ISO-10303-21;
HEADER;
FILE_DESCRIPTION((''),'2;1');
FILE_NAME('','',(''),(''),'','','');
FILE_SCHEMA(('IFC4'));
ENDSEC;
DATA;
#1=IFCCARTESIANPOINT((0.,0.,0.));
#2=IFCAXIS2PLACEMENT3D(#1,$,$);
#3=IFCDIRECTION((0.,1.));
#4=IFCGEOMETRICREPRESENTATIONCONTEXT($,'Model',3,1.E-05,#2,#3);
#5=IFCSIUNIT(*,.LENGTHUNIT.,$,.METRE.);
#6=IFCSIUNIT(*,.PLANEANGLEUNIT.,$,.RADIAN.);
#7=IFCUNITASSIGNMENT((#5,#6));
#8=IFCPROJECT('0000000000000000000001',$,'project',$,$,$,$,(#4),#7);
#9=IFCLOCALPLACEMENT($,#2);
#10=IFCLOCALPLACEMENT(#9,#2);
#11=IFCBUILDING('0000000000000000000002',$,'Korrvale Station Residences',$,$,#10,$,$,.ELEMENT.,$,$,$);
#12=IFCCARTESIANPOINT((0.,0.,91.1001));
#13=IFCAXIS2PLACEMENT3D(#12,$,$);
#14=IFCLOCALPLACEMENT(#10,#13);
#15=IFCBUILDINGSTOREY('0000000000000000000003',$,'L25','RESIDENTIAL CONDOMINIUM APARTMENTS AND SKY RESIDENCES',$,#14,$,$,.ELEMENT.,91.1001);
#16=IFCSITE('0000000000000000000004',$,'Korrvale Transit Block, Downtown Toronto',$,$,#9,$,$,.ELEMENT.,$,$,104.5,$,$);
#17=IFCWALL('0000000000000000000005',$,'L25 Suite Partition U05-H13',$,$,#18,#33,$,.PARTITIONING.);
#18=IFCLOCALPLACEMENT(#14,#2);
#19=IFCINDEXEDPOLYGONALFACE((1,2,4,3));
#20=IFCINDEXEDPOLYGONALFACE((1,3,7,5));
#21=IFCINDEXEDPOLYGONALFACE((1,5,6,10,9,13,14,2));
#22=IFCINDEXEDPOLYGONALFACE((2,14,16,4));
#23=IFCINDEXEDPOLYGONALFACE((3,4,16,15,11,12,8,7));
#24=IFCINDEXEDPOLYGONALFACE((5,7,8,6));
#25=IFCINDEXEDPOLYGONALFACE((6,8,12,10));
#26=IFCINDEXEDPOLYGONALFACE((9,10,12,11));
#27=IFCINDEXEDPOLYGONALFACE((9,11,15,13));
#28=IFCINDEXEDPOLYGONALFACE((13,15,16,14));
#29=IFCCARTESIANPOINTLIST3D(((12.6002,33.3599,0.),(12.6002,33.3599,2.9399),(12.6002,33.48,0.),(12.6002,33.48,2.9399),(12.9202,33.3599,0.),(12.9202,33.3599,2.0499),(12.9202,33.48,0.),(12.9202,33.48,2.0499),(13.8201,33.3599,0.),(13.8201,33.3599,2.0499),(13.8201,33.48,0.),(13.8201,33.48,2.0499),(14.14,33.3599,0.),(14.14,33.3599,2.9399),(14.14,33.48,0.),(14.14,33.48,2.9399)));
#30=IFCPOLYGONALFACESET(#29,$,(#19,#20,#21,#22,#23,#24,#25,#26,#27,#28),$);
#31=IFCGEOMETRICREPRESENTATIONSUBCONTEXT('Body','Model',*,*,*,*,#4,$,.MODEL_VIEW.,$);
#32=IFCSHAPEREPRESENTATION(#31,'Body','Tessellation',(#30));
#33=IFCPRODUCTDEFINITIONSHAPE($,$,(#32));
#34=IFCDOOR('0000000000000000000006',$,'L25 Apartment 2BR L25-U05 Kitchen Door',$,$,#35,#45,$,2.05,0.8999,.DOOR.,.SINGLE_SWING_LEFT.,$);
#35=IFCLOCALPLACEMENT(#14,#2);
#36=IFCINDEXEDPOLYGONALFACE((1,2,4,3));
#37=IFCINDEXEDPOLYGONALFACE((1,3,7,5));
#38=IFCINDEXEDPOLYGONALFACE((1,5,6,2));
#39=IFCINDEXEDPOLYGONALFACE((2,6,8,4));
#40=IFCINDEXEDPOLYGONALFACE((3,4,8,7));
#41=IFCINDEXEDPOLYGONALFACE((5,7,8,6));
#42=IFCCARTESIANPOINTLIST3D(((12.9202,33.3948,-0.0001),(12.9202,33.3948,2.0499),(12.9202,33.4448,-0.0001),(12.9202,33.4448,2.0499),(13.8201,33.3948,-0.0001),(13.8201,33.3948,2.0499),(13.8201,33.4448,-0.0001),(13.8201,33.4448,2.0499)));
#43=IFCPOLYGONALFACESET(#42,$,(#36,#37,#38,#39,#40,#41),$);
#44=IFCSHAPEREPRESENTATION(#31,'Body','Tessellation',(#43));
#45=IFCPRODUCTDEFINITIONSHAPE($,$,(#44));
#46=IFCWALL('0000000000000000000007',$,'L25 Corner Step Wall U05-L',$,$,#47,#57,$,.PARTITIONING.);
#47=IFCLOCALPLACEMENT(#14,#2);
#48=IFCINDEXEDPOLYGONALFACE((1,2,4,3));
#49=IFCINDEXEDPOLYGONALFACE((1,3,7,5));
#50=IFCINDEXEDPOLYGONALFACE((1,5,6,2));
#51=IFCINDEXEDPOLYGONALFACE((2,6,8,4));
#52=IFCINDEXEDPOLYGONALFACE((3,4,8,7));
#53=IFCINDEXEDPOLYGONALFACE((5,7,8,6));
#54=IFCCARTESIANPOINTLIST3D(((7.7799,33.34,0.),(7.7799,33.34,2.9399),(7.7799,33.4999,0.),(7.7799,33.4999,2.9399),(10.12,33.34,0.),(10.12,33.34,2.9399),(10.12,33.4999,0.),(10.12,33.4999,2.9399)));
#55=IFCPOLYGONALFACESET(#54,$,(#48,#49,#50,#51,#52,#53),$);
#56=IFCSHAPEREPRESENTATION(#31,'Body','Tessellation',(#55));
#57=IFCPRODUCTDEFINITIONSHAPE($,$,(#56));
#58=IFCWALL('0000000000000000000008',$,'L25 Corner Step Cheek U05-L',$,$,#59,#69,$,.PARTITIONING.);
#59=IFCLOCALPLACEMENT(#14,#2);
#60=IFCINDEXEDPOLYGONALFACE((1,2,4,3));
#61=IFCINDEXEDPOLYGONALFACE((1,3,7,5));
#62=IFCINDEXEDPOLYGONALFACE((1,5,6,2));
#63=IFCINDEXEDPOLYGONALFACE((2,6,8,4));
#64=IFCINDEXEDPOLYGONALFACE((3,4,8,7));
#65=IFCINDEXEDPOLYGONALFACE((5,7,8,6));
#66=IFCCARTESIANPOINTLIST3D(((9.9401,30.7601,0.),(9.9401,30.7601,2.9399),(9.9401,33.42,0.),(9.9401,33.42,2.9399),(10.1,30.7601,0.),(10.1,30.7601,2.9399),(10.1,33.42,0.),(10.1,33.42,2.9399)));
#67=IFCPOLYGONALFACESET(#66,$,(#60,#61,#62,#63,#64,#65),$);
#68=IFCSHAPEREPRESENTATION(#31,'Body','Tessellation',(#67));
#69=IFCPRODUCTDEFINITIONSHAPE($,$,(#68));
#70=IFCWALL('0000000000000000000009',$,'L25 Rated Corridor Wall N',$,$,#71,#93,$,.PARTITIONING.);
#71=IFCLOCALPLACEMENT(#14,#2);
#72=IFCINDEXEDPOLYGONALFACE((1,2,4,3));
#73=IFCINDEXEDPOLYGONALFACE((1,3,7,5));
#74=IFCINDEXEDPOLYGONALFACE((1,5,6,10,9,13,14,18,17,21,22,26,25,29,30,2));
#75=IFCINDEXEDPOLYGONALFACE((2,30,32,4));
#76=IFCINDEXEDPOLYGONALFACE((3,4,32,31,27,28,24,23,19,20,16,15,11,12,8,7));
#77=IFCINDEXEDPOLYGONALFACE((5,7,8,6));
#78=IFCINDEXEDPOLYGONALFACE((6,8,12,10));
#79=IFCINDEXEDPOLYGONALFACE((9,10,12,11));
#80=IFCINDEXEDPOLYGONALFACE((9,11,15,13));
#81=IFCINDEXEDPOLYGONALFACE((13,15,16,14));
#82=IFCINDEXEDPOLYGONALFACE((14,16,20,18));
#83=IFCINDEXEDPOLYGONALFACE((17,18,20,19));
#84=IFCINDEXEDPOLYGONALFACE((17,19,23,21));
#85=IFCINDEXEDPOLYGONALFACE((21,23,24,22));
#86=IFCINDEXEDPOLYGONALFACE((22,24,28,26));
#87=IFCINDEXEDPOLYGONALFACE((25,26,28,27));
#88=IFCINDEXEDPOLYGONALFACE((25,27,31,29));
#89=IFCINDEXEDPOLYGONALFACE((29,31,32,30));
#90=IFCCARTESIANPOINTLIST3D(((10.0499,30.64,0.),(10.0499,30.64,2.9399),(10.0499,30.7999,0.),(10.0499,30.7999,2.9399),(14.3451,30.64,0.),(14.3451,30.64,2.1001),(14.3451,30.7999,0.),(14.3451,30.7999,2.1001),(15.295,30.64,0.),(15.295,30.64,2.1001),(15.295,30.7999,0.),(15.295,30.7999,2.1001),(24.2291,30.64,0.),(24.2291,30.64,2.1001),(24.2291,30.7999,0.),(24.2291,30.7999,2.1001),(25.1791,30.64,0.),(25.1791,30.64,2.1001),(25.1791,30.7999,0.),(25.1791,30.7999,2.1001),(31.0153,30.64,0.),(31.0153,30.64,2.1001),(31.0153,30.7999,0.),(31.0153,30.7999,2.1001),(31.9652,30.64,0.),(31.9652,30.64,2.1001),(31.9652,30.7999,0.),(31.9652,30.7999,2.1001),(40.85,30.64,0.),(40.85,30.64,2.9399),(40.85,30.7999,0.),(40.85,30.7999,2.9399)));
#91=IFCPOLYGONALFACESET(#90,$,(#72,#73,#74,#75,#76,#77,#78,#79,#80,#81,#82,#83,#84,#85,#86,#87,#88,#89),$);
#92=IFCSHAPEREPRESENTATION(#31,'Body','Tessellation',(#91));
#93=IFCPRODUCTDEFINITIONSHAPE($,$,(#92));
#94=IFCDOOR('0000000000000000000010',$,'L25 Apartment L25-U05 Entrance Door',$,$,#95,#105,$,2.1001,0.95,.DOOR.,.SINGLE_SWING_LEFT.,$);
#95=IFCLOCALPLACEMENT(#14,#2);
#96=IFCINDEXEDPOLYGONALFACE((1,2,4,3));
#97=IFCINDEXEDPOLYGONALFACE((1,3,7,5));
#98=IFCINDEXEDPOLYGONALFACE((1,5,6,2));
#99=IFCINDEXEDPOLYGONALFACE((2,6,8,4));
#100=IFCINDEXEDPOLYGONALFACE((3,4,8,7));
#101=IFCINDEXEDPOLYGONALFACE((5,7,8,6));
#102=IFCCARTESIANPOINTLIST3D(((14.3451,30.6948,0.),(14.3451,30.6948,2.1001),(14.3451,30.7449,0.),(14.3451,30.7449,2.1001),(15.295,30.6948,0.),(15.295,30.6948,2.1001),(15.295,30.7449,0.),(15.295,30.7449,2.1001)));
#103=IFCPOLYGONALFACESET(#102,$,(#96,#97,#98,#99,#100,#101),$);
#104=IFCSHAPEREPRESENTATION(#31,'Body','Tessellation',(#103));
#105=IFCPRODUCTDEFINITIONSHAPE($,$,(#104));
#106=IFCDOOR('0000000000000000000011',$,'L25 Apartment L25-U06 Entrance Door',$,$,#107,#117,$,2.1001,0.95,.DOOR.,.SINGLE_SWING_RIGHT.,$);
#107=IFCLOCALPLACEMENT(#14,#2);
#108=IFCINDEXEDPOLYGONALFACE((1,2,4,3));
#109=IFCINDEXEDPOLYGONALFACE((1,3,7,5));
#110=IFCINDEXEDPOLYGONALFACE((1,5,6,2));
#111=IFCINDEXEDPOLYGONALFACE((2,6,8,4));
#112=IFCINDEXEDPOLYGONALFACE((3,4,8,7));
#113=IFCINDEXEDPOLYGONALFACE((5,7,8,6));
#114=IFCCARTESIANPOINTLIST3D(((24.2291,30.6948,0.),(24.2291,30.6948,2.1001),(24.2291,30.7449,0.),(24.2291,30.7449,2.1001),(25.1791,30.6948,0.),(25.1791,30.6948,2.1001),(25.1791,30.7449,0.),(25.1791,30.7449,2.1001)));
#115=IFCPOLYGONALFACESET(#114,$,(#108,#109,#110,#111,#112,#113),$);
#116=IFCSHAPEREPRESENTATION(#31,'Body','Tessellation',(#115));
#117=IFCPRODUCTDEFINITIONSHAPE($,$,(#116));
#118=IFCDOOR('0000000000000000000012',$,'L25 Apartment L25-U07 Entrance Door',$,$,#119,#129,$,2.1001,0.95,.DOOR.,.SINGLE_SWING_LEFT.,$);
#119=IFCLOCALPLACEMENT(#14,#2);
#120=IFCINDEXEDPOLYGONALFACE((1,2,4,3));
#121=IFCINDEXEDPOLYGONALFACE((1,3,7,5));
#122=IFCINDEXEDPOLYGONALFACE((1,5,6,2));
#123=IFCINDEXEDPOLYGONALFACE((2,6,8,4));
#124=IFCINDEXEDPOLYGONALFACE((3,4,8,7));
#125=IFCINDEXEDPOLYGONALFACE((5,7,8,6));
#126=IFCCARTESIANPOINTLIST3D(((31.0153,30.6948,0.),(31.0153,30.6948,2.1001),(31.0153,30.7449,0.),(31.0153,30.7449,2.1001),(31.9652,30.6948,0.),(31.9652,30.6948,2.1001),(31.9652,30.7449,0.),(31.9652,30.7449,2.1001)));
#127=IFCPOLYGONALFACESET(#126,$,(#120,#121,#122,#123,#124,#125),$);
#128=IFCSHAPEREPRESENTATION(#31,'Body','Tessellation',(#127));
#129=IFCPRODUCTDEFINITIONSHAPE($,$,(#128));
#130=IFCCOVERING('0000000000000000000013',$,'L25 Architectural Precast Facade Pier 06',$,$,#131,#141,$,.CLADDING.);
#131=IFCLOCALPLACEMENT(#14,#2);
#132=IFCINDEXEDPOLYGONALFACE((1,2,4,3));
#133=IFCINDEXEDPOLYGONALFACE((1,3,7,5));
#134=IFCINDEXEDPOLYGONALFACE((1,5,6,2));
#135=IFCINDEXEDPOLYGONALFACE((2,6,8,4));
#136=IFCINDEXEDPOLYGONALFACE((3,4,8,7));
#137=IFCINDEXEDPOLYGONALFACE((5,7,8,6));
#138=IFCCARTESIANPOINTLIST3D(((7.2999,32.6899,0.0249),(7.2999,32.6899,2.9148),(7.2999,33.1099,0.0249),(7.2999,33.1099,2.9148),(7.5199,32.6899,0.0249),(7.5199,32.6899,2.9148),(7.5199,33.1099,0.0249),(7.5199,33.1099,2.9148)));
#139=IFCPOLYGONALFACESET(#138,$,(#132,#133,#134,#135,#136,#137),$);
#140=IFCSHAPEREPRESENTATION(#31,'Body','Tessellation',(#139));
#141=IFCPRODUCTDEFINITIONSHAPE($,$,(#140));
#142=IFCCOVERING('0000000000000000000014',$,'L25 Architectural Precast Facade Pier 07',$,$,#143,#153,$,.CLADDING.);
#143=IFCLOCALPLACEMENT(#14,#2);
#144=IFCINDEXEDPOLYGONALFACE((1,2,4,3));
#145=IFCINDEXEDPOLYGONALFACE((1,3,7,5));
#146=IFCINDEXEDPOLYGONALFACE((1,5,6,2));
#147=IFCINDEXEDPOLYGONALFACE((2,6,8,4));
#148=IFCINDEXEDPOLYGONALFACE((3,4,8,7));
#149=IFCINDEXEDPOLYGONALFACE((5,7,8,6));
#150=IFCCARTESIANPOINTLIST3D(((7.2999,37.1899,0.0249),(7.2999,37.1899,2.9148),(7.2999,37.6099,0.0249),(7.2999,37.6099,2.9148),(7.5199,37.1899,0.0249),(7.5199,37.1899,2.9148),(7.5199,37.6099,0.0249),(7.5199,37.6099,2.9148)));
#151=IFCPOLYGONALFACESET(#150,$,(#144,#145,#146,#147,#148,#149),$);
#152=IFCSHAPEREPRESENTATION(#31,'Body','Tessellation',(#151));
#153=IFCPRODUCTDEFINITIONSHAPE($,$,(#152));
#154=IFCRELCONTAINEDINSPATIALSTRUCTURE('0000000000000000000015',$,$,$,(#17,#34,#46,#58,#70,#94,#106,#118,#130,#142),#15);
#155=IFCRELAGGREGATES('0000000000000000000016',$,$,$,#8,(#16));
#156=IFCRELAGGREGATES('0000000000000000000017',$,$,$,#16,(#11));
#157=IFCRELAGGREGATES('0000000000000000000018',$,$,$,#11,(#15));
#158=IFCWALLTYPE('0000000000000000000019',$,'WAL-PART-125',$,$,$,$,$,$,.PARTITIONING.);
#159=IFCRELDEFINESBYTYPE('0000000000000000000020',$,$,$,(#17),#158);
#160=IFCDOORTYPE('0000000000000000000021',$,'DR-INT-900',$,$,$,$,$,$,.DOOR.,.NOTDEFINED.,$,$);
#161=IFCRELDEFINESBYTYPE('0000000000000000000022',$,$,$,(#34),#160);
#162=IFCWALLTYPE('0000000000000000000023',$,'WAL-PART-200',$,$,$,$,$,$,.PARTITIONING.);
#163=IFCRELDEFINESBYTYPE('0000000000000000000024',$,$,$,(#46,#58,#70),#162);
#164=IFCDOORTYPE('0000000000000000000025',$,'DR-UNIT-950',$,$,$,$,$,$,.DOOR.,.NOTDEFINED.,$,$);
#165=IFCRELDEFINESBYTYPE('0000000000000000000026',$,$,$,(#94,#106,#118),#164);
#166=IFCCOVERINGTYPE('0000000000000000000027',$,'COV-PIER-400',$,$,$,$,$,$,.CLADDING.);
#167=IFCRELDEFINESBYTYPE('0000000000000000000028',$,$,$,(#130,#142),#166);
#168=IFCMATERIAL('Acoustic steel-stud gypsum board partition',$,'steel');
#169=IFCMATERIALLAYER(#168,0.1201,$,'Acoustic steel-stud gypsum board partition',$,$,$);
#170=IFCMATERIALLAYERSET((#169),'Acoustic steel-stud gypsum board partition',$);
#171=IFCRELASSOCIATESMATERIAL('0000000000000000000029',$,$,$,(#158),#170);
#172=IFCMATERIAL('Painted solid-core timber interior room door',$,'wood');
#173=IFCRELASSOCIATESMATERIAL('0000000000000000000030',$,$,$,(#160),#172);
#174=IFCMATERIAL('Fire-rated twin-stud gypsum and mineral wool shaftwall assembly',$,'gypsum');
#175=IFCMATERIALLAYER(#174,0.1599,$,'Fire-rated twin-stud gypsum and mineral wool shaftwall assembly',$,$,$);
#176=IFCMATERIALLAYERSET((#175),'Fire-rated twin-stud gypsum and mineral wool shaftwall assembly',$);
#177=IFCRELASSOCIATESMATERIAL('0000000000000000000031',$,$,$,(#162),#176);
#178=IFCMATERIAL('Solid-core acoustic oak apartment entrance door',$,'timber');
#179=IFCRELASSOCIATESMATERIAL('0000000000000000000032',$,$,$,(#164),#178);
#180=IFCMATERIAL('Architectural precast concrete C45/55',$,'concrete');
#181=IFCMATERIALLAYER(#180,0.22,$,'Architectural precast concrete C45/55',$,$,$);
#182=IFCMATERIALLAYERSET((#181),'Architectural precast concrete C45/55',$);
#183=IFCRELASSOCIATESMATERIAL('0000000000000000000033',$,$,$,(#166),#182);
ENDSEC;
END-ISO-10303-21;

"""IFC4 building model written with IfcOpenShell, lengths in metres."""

from ifc_helpers import new_model, si_unit, direction, frame, frame_2d, origin, origin_2d, place, context, subcontext, project, spatial, rectangle, extrude, material, layer, layer_set, type_object, element, fill, save


model = new_model("IFC4")

# Units and contexts
model_context = context("Model", 3, precision=1e-05, world=origin(), true_north=direction((0.0, 1.0)))
body_context = subcontext(model_context, "Body", "Model", "MODEL_VIEW")
ifc_project = project(units=[si_unit("LENGTHUNIT", "METRE"), si_unit("PLANEANGLEUNIT", "RADIAN")], contexts=[model_context])

# Site, building, storey
site_placement = place(None, origin())
site = spatial("IfcSite", under=ifc_project, at=site_placement, Name="Korrvale Transit Block, Downtown Toronto", CompositionType="ELEMENT", RefElevation=104.5)
building_placement = place(site_placement, origin())
building = spatial("IfcBuilding", under=site, at=building_placement, Name="Korrvale Station Residences", CompositionType="ELEMENT")
storey_placement = place(building_placement, frame((0.0, 0.0, 91.1001)))
storey = spatial("IfcBuildingStorey", under=building, at=storey_placement, Name="L25", Description="RESIDENTIAL CONDOMINIUM APARTMENTS AND SKY RESIDENCES", CompositionType="ELEMENT", Elevation=91.1001)

# Shared definitions
ifc_material_1 = material(Name="Acoustic steel-stud gypsum board partition", Category="steel")
ifc_layer_1 = layer(ifc_material_1, 0.1201, Name="Acoustic steel-stud gypsum board partition")
ifc_layer_set_1 = layer_set([ifc_layer_1], Name="Acoustic steel-stud gypsum board partition")
wall_type_1 = type_object("IfcWallType", Name="WAL-PART-125", PredefinedType="PARTITIONING", material=ifc_layer_set_1)

# Wall, opening, door
wall_1_placement = place(storey_placement, frame((12.6001, 33.4199, 0.0), z_axis=(0.0, 0.0, 1.0), x_axis=(1.0, 0.0, 0.0)))
wall_1 = element("IfcWall", 1, at=wall_1_placement, inside=storey, type_object=wall_type_1, Name="L25 Suite Partition U05-H13", PredefinedType="PARTITIONING", context=body_context, shape_type="SweptSolid", body=[
    extrude(rectangle(XDim=1.5398, YDim=0.1201, at=frame_2d((0.77, 0.0))), origin(), (0.0, 0.0, 1.0), 2.9399),
])
opening_1_placement = place(wall_1_placement, frame((0.3201, 0.0, 0.0)))
opening_1 = element("IfcOpeningElement", 2, at=opening_1_placement, cuts=wall_1, PredefinedType="OPENING", context=body_context, shape_type="SweptSolid", body=[
    extrude(rectangle(XDim=0.8999, YDim=2.05, at=frame_2d((0.45, 1.0249))), frame((0.0, 0.0701, 0.0), z_axis=(0.0, -1.0, 0.0), x_axis=(1.0, 0.0, 0.0)), (0.0, 0.0, 1.0), 0.1401),
])
ifc_material_2 = material(Name="Painted solid-core timber interior room door", Category="wood")
door_type_1 = type_object("IfcDoorType", Name="DR-INT-900", OperationType="NOTDEFINED", PredefinedType="DOOR", material=ifc_material_2)
door_1_placement = place(opening_1_placement, origin())
door_1 = element("IfcDoor", 3, at=door_1_placement, inside=storey, type_object=door_type_1, Name="L25 Apartment 2BR L25-U05 Kitchen Door", OperationType="SINGLE_SWING_LEFT", OverallHeight=2.05, OverallWidth=0.8999, PredefinedType="DOOR", context=body_context, shape_type="SweptSolid", body=[
    extrude(rectangle(XDim=0.8999, YDim=2.05, at=frame_2d((0.45, 1.0249))), frame((0.0, 0.0249, 0.0), z_axis=(0.0, -1.0, 0.0), x_axis=(1.0, 0.0, 0.0)), (0.0, 0.0, 1.0), 0.05),
])
fill(opening_1, door_1)

# Walls
ifc_material_3 = material(Name="Fire-rated twin-stud gypsum and mineral wool shaftwall assembly", Category="gypsum")
ifc_layer_2 = layer(ifc_material_3, 0.1599, Name="Fire-rated twin-stud gypsum and mineral wool shaftwall assembly")
ifc_layer_set_2 = layer_set([ifc_layer_2], Name="Fire-rated twin-stud gypsum and mineral wool shaftwall assembly")
wall_type_2 = type_object("IfcWallType", Name="WAL-PART-200", PredefinedType="PARTITIONING", material=ifc_layer_set_2)
wall_2_placement = place(storey_placement, frame((7.78, 33.4199, 0.0), z_axis=(0.0, 0.0, 1.0), x_axis=(1.0, 0.0, 0.0)))
element("IfcWall", 4, at=wall_2_placement, inside=storey, type_object=wall_type_2, Name="L25 Corner Step Wall U05-L", PredefinedType="PARTITIONING", context=body_context, shape_type="SweptSolid", body=[
    extrude(rectangle(XDim=2.3401, YDim=0.1599, at=frame_2d((1.1699, 0.0))), origin(), (0.0, 0.0, 1.0), 2.9399),
])
wall_3_placement = place(storey_placement, frame((10.02, 30.76, 0.0), z_axis=(0.0, 0.0, 1.0), x_axis=(0.0, 1.0, 0.0)))
element("IfcWall", 5, at=wall_3_placement, inside=storey, type_object=wall_type_2, Name="L25 Corner Step Cheek U05-L", PredefinedType="PARTITIONING", context=body_context, shape_type="SweptSolid", body=[
    extrude(rectangle(XDim=2.6599, YDim=0.1599, at=frame_2d((1.3301, 0.0))), origin(), (0.0, 0.0, 1.0), 2.9399),
])

# Wall, openings, doors
wall_4_placement = place(storey_placement, frame((10.05, 30.72, 0.0), z_axis=(0.0, 0.0, 1.0), x_axis=(1.0, 0.0, 0.0)))
wall_4 = element("IfcWall", 6, at=wall_4_placement, inside=storey, type_object=wall_type_2, Name="L25 Rated Corridor Wall N", PredefinedType="PARTITIONING", context=body_context, shape_type="SweptSolid", body=[
    extrude(rectangle(XDim=30.8, YDim=0.1599, at=frame_2d((15.3999, 0.0))), origin(), (0.0, 0.0, 1.0), 2.9399),
])
opening_2_placement = place(wall_4_placement, frame((4.2949, 0.0, 0.0)))
opening_2 = element("IfcOpeningElement", 7, at=opening_2_placement, cuts=wall_4, PredefinedType="OPENING", context=body_context, shape_type="SweptSolid", body=[
    extrude(rectangle(XDim=0.95, YDim=2.1001, at=frame_2d((0.4751, 1.05))), frame((0.0, 0.0898, 0.0), z_axis=(0.0, -1.0, 0.0), x_axis=(1.0, 0.0, 0.0)), (0.0, 0.0, 1.0), 0.1799),
])
opening_3_placement = place(wall_4_placement, frame((14.179, 0.0, 0.0)))
opening_3 = element("IfcOpeningElement", 8, at=opening_3_placement, cuts=wall_4, PredefinedType="OPENING", context=body_context, shape_type="SweptSolid", body=[
    extrude(rectangle(XDim=0.95, YDim=2.1001, at=frame_2d((0.4751, 1.05))), frame((0.0, 0.0898, 0.0), z_axis=(0.0, -1.0, 0.0), x_axis=(1.0, 0.0, 0.0)), (0.0, 0.0, 1.0), 0.1799),
])
opening_4_placement = place(wall_4_placement, frame((20.9651, 0.0, 0.0)))
opening_4 = element("IfcOpeningElement", 9, at=opening_4_placement, cuts=wall_4, PredefinedType="OPENING", context=body_context, shape_type="SweptSolid", body=[
    extrude(rectangle(XDim=0.95, YDim=2.1001, at=frame_2d((0.4751, 1.05))), frame((0.0, 0.0898, 0.0), z_axis=(0.0, -1.0, 0.0), x_axis=(1.0, 0.0, 0.0)), (0.0, 0.0, 1.0), 0.1799),
])
ifc_material_4 = material(Name="Solid-core acoustic oak apartment entrance door", Category="timber")
door_type_2 = type_object("IfcDoorType", Name="DR-UNIT-950", OperationType="NOTDEFINED", PredefinedType="DOOR", material=ifc_material_4)
door_2_placement = place(opening_2_placement, origin())
door_2 = element("IfcDoor", 10, at=door_2_placement, inside=storey, type_object=door_type_2, Name="L25 Apartment L25-U05 Entrance Door", OperationType="SINGLE_SWING_LEFT", OverallHeight=2.1001, OverallWidth=0.95, PredefinedType="DOOR", context=body_context, shape_type="SweptSolid", body=[
    extrude(rectangle(XDim=0.95, YDim=2.1001, at=frame_2d((0.4751, 1.05))), frame((0.0, 0.0249, 0.0), z_axis=(0.0, -1.0, 0.0), x_axis=(1.0, 0.0, 0.0)), (0.0, 0.0, 1.0), 0.05),
])
fill(opening_2, door_2)
door_3_placement = place(opening_3_placement, origin())
door_3 = element("IfcDoor", 11, at=door_3_placement, inside=storey, type_object=door_type_2, Name="L25 Apartment L25-U06 Entrance Door", OperationType="SINGLE_SWING_RIGHT", OverallHeight=2.1001, OverallWidth=0.95, PredefinedType="DOOR", context=body_context, shape_type="SweptSolid", body=[
    extrude(rectangle(XDim=0.95, YDim=2.1001, at=frame_2d((0.4751, 1.05))), frame((0.0, 0.0249, 0.0), z_axis=(0.0, -1.0, 0.0), x_axis=(1.0, 0.0, 0.0)), (0.0, 0.0, 1.0), 0.05),
])
fill(opening_3, door_3)
door_4_placement = place(opening_4_placement, origin())
door_4 = element("IfcDoor", 12, at=door_4_placement, inside=storey, type_object=door_type_2, Name="L25 Apartment L25-U07 Entrance Door", OperationType="SINGLE_SWING_LEFT", OverallHeight=2.1001, OverallWidth=0.95, PredefinedType="DOOR", context=body_context, shape_type="SweptSolid", body=[
    extrude(rectangle(XDim=0.95, YDim=2.1001, at=frame_2d((0.4751, 1.05))), frame((0.0, 0.0249, 0.0), z_axis=(0.0, -1.0, 0.0), x_axis=(1.0, 0.0, 0.0)), (0.0, 0.0, 1.0), 0.05),
])
fill(opening_4, door_4)

# Coverings
ifc_material_5 = material(Name="Architectural precast concrete C45/55", Category="concrete")
ifc_layer_3 = layer(ifc_material_5, 0.22, Name="Architectural precast concrete C45/55")
ifc_layer_set_3 = layer_set([ifc_layer_3], Name="Architectural precast concrete C45/55")
covering_type = type_object("IfcCoveringType", Name="COV-PIER-400", PredefinedType="CLADDING", material=ifc_layer_set_3)
for number, where, z_axis, x_axis, name in (
    (13, (7.4099, 32.8999, 0.0249), (0.0, 0.0, 1.0), (0.0, 1.0, 0.0), "L25 Architectural Precast Facade Pier 06"),
    (14, (7.4099, 37.3999, 0.0249), (0.0, 0.0, 1.0), (0.0, 1.0, 0.0), "L25 Architectural Precast Facade Pier 07"),
):
    element("IfcCovering", number, at=place(storey_placement, frame(where, z_axis=z_axis, x_axis=x_axis)), inside=storey, type_object=covering_type, Name=name, PredefinedType="CLADDING", context=body_context, shape_type="SweptSolid", body=[
        extrude(rectangle(XDim=0.4199, YDim=0.22, at=origin_2d()), origin(), (0.0, 0.0, 1.0), 2.8899),
    ])

save(model, "model.ifc")
